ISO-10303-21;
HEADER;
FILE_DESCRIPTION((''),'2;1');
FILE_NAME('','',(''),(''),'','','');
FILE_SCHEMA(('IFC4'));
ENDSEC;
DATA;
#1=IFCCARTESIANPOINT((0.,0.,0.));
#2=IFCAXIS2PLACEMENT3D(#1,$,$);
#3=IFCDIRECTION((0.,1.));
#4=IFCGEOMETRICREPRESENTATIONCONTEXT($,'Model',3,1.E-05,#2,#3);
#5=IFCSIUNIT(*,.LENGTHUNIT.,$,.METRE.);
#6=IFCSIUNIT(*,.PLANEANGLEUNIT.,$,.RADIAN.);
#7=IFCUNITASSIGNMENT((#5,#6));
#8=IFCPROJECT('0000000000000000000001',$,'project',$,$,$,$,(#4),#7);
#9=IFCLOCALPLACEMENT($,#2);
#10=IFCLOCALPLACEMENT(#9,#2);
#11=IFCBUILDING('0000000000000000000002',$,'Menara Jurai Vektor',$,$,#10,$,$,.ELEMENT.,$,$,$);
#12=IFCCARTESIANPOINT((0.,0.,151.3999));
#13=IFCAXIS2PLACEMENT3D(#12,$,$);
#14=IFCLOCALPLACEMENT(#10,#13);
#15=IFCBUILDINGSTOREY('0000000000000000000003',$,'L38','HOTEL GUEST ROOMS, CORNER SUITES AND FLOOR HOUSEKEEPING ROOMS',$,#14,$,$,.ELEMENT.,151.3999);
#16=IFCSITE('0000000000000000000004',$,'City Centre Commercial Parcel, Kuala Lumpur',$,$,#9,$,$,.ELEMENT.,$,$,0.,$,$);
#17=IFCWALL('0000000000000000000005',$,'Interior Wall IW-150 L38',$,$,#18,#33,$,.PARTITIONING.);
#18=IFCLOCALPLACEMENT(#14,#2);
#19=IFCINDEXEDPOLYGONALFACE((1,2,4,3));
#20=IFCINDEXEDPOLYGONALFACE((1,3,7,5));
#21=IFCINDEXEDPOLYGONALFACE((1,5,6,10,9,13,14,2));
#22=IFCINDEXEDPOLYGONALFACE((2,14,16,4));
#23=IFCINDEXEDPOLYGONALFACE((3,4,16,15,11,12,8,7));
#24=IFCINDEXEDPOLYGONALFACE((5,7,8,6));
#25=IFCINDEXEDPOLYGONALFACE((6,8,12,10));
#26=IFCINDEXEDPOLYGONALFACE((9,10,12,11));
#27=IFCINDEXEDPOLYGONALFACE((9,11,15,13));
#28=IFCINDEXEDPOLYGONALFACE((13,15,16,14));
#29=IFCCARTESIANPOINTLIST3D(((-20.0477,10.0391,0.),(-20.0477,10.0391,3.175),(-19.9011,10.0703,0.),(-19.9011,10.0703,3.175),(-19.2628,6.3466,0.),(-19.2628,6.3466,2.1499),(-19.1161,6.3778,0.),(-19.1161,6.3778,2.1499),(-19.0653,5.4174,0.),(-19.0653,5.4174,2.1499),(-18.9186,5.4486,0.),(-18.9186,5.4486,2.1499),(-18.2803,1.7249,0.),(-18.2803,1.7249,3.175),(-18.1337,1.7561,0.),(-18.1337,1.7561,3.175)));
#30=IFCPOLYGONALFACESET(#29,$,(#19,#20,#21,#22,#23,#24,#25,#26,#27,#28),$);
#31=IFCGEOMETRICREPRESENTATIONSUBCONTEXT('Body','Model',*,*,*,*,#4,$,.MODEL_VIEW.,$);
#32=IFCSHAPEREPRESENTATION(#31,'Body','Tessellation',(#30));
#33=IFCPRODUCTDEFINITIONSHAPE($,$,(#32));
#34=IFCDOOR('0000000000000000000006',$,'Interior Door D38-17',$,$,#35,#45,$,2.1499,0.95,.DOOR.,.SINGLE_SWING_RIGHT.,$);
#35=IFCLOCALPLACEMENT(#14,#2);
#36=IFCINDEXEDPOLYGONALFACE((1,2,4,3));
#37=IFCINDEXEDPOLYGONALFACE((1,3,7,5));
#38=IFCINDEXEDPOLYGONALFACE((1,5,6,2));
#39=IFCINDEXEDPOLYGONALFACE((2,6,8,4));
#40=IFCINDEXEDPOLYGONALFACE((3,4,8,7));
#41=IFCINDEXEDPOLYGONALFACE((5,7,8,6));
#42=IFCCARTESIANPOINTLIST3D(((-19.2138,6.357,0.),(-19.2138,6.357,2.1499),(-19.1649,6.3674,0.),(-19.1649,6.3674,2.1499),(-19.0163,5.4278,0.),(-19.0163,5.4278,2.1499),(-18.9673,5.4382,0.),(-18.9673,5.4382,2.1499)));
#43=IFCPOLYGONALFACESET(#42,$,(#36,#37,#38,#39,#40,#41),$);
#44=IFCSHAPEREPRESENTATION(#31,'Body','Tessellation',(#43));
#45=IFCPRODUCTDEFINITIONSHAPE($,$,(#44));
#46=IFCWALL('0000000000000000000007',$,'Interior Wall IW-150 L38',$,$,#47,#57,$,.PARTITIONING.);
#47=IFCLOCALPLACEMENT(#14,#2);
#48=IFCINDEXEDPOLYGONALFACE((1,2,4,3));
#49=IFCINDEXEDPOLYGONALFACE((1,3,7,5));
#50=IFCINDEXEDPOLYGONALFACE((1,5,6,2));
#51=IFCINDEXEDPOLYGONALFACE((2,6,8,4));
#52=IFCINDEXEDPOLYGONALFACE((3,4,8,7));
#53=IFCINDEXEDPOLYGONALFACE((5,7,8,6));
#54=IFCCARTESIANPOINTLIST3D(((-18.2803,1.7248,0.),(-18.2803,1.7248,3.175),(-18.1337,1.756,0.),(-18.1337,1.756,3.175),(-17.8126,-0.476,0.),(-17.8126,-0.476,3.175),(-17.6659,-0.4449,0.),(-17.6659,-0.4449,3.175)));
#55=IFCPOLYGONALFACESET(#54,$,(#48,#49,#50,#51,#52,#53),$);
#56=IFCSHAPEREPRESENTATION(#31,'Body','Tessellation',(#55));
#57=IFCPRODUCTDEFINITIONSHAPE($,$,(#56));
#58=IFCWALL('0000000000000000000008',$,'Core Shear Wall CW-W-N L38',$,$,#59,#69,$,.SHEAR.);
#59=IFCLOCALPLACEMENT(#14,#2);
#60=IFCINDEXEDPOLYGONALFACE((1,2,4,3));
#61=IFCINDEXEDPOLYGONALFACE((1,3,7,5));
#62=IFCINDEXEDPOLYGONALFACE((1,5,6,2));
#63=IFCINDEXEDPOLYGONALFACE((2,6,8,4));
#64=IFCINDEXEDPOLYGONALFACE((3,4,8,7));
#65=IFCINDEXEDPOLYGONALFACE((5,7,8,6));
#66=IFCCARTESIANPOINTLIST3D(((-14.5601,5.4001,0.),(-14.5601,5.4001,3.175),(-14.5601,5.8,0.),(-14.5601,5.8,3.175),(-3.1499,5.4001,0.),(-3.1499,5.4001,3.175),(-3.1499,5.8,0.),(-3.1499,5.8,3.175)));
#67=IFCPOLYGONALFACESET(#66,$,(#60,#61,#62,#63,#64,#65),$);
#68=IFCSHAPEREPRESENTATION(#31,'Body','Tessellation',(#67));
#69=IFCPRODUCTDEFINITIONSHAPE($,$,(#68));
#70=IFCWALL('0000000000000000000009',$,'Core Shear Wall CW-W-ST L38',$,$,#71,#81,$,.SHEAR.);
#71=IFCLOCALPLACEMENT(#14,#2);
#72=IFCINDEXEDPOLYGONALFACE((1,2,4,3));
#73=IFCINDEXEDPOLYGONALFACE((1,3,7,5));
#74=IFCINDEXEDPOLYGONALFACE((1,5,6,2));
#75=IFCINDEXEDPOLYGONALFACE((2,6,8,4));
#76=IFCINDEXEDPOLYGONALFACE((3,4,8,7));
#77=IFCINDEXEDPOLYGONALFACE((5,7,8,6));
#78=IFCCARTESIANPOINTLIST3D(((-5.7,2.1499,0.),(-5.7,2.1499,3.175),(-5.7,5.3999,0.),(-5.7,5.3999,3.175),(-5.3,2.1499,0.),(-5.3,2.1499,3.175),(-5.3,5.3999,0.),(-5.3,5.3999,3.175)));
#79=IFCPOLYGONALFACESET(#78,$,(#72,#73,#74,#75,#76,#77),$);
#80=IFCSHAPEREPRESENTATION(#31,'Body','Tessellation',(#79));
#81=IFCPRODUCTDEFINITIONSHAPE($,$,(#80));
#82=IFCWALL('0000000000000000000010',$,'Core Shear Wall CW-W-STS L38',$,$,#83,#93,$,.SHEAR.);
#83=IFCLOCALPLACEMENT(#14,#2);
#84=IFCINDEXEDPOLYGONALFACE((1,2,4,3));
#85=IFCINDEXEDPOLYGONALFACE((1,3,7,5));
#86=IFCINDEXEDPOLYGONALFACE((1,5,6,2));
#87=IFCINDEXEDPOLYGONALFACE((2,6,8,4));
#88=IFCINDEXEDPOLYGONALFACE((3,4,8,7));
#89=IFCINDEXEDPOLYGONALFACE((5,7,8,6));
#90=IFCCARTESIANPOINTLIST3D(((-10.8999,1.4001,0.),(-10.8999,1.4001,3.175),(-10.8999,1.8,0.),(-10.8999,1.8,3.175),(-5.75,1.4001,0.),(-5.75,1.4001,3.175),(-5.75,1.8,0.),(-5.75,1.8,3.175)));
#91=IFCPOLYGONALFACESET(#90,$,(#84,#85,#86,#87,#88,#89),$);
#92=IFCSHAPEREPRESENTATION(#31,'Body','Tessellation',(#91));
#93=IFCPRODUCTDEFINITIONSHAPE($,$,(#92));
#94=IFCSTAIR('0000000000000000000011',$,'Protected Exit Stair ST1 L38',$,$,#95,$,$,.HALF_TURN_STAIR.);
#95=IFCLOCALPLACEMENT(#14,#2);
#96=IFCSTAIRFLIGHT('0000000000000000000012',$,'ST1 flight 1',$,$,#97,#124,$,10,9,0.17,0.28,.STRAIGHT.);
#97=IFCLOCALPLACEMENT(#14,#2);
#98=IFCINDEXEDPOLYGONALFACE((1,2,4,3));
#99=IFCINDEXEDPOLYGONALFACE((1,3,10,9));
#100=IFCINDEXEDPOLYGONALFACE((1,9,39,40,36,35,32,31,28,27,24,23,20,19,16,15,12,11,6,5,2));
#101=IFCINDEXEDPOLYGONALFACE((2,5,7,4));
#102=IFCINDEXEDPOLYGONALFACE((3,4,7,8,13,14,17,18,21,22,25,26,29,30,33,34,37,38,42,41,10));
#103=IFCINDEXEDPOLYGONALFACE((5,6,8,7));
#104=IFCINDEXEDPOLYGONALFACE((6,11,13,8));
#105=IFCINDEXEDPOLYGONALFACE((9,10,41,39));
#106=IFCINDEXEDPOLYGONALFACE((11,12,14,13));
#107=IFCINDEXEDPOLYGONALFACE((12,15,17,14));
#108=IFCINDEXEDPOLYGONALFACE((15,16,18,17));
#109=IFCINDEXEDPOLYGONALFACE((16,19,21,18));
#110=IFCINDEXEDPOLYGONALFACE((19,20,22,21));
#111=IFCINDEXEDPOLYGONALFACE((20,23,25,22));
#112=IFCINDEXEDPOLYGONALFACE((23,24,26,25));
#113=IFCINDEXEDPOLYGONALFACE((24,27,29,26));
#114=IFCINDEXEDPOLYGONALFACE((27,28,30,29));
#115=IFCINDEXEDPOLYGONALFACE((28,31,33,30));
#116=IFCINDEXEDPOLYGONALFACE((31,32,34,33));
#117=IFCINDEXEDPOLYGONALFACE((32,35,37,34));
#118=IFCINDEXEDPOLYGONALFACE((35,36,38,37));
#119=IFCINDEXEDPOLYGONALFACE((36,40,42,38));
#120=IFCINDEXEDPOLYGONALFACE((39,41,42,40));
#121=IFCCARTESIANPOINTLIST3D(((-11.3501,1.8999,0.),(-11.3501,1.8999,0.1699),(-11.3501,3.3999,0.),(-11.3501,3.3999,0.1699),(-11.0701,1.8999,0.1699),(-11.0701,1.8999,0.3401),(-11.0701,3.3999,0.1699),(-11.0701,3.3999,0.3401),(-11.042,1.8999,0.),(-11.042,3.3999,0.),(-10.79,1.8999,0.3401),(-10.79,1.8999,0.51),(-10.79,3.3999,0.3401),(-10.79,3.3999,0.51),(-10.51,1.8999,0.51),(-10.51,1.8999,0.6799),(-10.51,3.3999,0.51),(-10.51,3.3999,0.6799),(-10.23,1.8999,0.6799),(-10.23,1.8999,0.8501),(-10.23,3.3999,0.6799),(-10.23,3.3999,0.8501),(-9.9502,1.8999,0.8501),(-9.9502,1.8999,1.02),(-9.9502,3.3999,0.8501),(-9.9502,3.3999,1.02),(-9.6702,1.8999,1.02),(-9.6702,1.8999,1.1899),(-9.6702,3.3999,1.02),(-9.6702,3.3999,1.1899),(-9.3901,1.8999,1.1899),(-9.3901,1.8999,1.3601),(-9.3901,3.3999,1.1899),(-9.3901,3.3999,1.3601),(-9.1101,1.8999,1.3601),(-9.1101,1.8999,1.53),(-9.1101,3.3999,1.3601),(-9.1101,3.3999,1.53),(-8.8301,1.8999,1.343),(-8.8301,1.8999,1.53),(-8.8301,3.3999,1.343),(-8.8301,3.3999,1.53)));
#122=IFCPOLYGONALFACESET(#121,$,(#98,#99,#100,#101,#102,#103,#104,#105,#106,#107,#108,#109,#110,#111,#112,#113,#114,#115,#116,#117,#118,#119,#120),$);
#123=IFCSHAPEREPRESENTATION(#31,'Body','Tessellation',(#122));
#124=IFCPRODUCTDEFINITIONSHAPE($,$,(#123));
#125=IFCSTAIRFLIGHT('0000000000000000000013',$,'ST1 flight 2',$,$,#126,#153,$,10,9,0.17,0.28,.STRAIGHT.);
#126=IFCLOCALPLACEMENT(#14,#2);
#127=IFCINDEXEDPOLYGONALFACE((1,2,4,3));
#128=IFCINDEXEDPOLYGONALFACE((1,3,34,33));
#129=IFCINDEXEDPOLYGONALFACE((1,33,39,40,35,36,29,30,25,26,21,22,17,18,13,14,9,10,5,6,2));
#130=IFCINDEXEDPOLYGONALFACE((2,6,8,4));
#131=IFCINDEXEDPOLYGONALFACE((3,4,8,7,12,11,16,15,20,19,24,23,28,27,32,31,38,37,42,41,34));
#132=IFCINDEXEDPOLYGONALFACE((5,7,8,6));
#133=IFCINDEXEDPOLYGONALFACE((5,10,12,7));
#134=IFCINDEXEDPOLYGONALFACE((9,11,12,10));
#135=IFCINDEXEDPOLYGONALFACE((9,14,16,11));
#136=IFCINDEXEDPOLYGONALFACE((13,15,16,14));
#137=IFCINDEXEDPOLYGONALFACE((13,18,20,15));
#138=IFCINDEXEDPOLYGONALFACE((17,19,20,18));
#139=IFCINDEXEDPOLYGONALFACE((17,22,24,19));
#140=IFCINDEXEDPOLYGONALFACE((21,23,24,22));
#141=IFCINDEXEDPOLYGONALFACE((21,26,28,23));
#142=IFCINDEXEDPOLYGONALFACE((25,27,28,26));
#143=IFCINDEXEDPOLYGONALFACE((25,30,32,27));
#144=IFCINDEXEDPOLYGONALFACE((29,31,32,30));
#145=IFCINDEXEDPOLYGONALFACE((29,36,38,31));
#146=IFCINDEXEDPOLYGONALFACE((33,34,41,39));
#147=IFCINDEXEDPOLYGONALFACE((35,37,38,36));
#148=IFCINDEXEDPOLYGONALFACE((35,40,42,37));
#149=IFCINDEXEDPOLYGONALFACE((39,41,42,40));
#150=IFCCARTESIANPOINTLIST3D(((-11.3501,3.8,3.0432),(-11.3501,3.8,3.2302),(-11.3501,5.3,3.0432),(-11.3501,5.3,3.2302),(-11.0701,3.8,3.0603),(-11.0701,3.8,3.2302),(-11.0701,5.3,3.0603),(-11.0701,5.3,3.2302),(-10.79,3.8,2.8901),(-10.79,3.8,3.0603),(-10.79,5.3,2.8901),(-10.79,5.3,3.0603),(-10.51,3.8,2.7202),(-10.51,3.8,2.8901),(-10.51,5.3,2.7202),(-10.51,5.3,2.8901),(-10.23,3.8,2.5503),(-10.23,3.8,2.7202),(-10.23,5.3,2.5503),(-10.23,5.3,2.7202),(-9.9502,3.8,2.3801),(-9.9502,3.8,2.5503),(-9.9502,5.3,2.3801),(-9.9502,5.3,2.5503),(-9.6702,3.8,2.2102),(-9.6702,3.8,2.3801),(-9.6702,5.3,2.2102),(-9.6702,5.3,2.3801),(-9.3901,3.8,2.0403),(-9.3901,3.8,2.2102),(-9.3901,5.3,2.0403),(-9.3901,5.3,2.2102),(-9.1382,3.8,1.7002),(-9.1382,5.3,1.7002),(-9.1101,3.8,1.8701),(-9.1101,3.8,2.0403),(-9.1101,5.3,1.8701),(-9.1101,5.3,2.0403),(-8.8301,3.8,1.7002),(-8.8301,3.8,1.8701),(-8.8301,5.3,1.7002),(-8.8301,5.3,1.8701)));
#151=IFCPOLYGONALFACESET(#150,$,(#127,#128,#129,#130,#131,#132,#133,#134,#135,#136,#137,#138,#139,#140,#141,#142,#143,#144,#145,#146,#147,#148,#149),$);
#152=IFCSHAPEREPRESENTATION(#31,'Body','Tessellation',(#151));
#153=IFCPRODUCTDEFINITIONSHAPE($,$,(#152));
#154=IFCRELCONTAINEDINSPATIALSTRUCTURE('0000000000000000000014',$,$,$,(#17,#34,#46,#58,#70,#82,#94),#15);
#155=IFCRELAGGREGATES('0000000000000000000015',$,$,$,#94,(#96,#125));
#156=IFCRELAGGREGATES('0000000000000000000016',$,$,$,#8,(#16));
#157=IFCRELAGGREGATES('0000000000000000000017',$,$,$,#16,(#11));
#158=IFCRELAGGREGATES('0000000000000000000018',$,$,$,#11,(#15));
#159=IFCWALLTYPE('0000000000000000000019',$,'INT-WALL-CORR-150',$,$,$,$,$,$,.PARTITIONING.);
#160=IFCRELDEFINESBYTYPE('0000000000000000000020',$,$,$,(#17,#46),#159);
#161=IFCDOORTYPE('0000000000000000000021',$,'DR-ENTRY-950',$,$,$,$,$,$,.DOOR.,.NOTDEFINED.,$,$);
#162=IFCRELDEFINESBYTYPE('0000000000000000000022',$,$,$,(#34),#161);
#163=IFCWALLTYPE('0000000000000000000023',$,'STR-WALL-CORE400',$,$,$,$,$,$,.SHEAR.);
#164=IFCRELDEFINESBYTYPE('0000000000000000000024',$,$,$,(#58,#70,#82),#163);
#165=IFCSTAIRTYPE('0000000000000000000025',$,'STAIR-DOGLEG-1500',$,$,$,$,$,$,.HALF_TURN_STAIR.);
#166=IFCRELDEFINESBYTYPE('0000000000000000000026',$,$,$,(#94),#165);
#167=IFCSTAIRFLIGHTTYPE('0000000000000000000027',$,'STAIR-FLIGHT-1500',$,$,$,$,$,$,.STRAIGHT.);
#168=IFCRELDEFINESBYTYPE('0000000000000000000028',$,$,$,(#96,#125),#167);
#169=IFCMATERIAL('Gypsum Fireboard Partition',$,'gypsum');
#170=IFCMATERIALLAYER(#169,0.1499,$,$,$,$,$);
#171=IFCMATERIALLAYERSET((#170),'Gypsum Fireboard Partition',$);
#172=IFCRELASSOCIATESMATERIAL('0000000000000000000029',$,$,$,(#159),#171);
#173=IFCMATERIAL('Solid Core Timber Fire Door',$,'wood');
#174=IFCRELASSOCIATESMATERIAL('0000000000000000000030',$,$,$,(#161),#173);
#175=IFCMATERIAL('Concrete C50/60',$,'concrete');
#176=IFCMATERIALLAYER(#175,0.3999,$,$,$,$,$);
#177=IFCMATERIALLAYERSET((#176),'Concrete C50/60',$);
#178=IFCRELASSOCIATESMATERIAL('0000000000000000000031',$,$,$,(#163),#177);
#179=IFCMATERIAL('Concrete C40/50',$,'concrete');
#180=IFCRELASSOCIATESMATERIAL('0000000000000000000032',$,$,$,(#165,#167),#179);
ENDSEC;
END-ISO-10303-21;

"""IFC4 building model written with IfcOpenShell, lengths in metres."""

from ifc_helpers import new_model, si_unit, direction, frame, frame_2d, origin, place, context, subcontext, project, spatial, polyline, rectangle, outline, extrude, material, layer, layer_set, type_object, element, fill, aggregate, save


model = new_model("IFC4")

# Units and contexts
model_context = context("Model", 3, precision=1e-05, world=origin(), true_north=direction((0.0, 1.0)))
body_context = subcontext(model_context, "Body", "Model", "MODEL_VIEW")
ifc_project = project(units=[si_unit("LENGTHUNIT", "METRE"), si_unit("PLANEANGLEUNIT", "RADIAN")], contexts=[model_context])

# Site, building, storey
site_placement = place(None, origin())
site = spatial("IfcSite", under=ifc_project, at=site_placement, Name="City Centre Commercial Parcel, Kuala Lumpur", CompositionType="ELEMENT", RefElevation=0.0)
building_placement = place(site_placement, origin())
building = spatial("IfcBuilding", under=site, at=building_placement, Name="Menara Jurai Vektor", CompositionType="ELEMENT")
storey_placement = place(building_placement, frame((0.0, 0.0, 151.3999)))
storey = spatial("IfcBuildingStorey", under=building, at=storey_placement, Name="L38", Description="HOTEL GUEST ROOMS, CORNER SUITES AND FLOOR HOUSEKEEPING ROOMS", CompositionType="ELEMENT", Elevation=151.3999)

# Shared definitions
ifc_material_1 = material(Name="Concrete C50/60", Category="concrete")

# Shared definitions
ifc_material_2 = material(Name="Concrete C40/50", Category="concrete")

# Shared definitions
ifc_material_3 = material(Name="Gypsum Fireboard Partition", Category="gypsum")
ifc_layer_1 = layer(ifc_material_3, 0.1499)
ifc_layer_set_1 = layer_set([ifc_layer_1], Name="Gypsum Fireboard Partition")
wall_type_1 = type_object("IfcWallType", Name="INT-WALL-CORR-150", PredefinedType="PARTITIONING", material=ifc_layer_set_1)

# Wall, opening, door
wall_1_placement = place(storey_placement, frame((-18.207, 1.7405, 0.0), z_axis=(0.0, 0.0, 1.0), x_axis=(-0.207922, 0.978145, 0.0)))
wall_1 = element("IfcWall", 1, at=wall_1_placement, inside=storey, type_object=wall_type_1, Name="Interior Wall IW-150 L38", PredefinedType="PARTITIONING", context=body_context, shape_type="SweptSolid", body=[
    extrude(rectangle(XDim=8.5, YDim=0.1499, at=frame_2d((4.25, 0.0))), origin(), (0.0, 0.0, 1.0), 3.175),
])
opening_1_placement = place(wall_1_placement, frame((3.7749, 0.0, 0.0)))
opening_1 = element("IfcOpeningElement", 2, at=opening_1_placement, cuts=wall_1, PredefinedType="OPENING", context=body_context, shape_type="SweptSolid", body=[
    extrude(rectangle(XDim=0.95, YDim=2.1499, at=frame_2d((0.4751, 1.075))), frame((0.0, 0.085, 0.0), z_axis=(0.0, -1.0, 0.0), x_axis=(1.0, 0.0, 0.0)), (0.0, 0.0, 1.0), 0.1699),
])
ifc_material_4 = material(Name="Solid Core Timber Fire Door", Category="wood")
door_type_1 = type_object("IfcDoorType", Name="DR-ENTRY-950", OperationType="NOTDEFINED", PredefinedType="DOOR", material=ifc_material_4)
door_1_placement = place(opening_1_placement, origin())
door_1 = element("IfcDoor", 3, at=door_1_placement, inside=storey, type_object=door_type_1, Name="Interior Door D38-17", OperationType="SINGLE_SWING_RIGHT", OverallHeight=2.1499, OverallWidth=0.95, PredefinedType="DOOR", context=body_context, shape_type="SweptSolid", body=[
    extrude(rectangle(XDim=0.95, YDim=2.1499, at=frame_2d((0.4751, 1.075))), frame((0.0, 0.0249, 0.0), z_axis=(0.0, -1.0, 0.0), x_axis=(1.0, 0.0, 0.0)), (0.0, 0.0, 1.0), 0.05),
])
fill(opening_1, door_1)

# Wall
wall_2_placement = place(storey_placement, frame((-17.7393, -0.4604, 0.0), z_axis=(0.0, 0.0, 1.0), x_axis=(-0.207891, 0.978152, 0.0)))
element("IfcWall", 4, at=wall_2_placement, inside=storey, type_object=wall_type_1, Name="Interior Wall IW-150 L38", PredefinedType="PARTITIONING", context=body_context, shape_type="SweptSolid", body=[
    extrude(rectangle(XDim=2.25, YDim=0.1499, at=frame_2d((1.125, 0.0))), origin(), (0.0, 0.0, 1.0), 3.175),
])

# Walls
ifc_layer_2 = layer(ifc_material_1, 0.3999)
ifc_layer_set_2 = layer_set([ifc_layer_2], Name="Concrete C50/60")
wall_type_2 = type_object("IfcWallType", Name="STR-WALL-CORE400", PredefinedType="SHEAR", material=ifc_layer_set_2)
wall_3_placement = place(storey_placement, frame((-14.5601, 5.6001, 0.0), z_axis=(0.0, 0.0, 1.0), x_axis=(1.0, 0.0, 0.0)))
element("IfcWall", 5, at=wall_3_placement, inside=storey, type_object=wall_type_2, Name="Core Shear Wall CW-W-N L38", PredefinedType="SHEAR", context=body_context, shape_type="SweptSolid", body=[
    extrude(rectangle(XDim=11.4102, YDim=0.3999, at=frame_2d((5.7051, 0.0))), origin(), (0.0, 0.0, 1.0), 3.175),
])
wall_4_placement = place(storey_placement, frame((-5.5, 2.1499, 0.0), z_axis=(0.0, 0.0, 1.0), x_axis=(0.0, 1.0, 0.0)))
element("IfcWall", 6, at=wall_4_placement, inside=storey, type_object=wall_type_2, Name="Core Shear Wall CW-W-ST L38", PredefinedType="SHEAR", context=body_context, shape_type="SweptSolid", body=[
    extrude(rectangle(XDim=3.25, YDim=0.3999, at=frame_2d((1.625, 0.0))), origin(), (0.0, 0.0, 1.0), 3.175),
])
wall_5_placement = place(storey_placement, frame((-10.8999, 1.6001, 0.0), z_axis=(0.0, 0.0, 1.0), x_axis=(1.0, 0.0, 0.0)))
element("IfcWall", 7, at=wall_5_placement, inside=storey, type_object=wall_type_2, Name="Core Shear Wall CW-W-STS L38", PredefinedType="SHEAR", context=body_context, shape_type="SweptSolid", body=[
    extrude(rectangle(XDim=5.1499, YDim=0.3999, at=frame_2d((2.575, 0.0))), origin(), (0.0, 0.0, 1.0), 3.175),
])

# Stair, stair flights
stair_type = type_object("IfcStairType", Name="STAIR-DOGLEG-1500", PredefinedType="HALF_TURN_STAIR", material=ifc_material_2)
stair_placement = place(storey_placement, origin())
stair = element("IfcStair", 8, at=stair_placement, inside=storey, type_object=stair_type, Name="Protected Exit Stair ST1 L38", PredefinedType="HALF_TURN_STAIR")
stair_flight_type = type_object("IfcStairFlightType", Name="STAIR-FLIGHT-1500", PredefinedType="STRAIGHT", material=ifc_material_2)
stair_flight_1_placement = place(storey_placement, frame((-11.3501, 2.6499, 0.0), z_axis=(0.0, 0.0, 1.0), x_axis=(1.0, 0.0, 0.0)))
stair_flight_1 = element("IfcStairFlight", 9, at=stair_flight_1_placement, type_object=stair_flight_type, Name="ST1 flight 1", NumberOfRisers=10, NumberOfTreads=9, PredefinedType="STRAIGHT", RiserHeight=0.17, TreadLength=0.28, context=body_context, shape_type="SweptSolid", body=[
    extrude(outline(polyline([(0.0, 0.0), (0.0, 0.1699), (0.28, 0.1699), (0.28, 0.3401), (0.5601, 0.3401), (0.5601, 0.51), (0.8401, 0.51), (0.8401, 0.6799), (1.1201, 0.6799), (1.1201, 0.8501), (1.3999, 0.8501), (1.3999, 1.02), (1.6799, 1.02), (1.6799, 1.1899), (1.96, 1.1899), (1.96, 1.3601), (2.24, 1.3601), (2.24, 1.53), (2.52, 1.53), (2.52, 1.7), (2.52, 1.343), (0.3081, 0.0), (0.0, 0.0)])), frame((0.0, 0.75, 0.0), z_axis=(0.0, -1.0, 0.0), x_axis=(1.0, 0.0, 0.0)), (0.0, 0.0, 1.0), 1.5),
])
stair_flight_2_placement = place(storey_placement, frame((-8.8301, 4.55, 1.7002), z_axis=(0.0, 0.0, 1.0), x_axis=(-1.0, 0.0, 0.0)))
stair_flight_2 = element("IfcStairFlight", 10, at=stair_flight_2_placement, type_object=stair_flight_type, Name="ST1 flight 2", NumberOfRisers=10, NumberOfTreads=9, PredefinedType="STRAIGHT", RiserHeight=0.17, TreadLength=0.28, context=body_context, shape_type="SweptSolid", body=[
    extrude(outline(polyline([(0.0, 0.0), (0.0, 0.1699), (0.28, 0.1699), (0.28, 0.3401), (0.5601, 0.3401), (0.5601, 0.51), (0.8401, 0.51), (0.8401, 0.6799), (1.1201, 0.6799), (1.1201, 0.8501), (1.3999, 0.8501), (1.3999, 1.02), (1.6799, 1.02), (1.6799, 1.1899), (1.96, 1.1899), (1.96, 1.3601), (2.24, 1.3601), (2.24, 1.53), (2.52, 1.53), (2.52, 1.7), (2.52, 1.343), (0.3081, 0.0), (0.0, 0.0)])), frame((0.0, 0.75, 0.0), z_axis=(0.0, -1.0, 0.0), x_axis=(1.0, 0.0, 0.0)), (0.0, 0.0, 1.0), 1.5),
])
aggregate(stair, [stair_flight_1, stair_flight_2])

save(model, "model.ifc")
